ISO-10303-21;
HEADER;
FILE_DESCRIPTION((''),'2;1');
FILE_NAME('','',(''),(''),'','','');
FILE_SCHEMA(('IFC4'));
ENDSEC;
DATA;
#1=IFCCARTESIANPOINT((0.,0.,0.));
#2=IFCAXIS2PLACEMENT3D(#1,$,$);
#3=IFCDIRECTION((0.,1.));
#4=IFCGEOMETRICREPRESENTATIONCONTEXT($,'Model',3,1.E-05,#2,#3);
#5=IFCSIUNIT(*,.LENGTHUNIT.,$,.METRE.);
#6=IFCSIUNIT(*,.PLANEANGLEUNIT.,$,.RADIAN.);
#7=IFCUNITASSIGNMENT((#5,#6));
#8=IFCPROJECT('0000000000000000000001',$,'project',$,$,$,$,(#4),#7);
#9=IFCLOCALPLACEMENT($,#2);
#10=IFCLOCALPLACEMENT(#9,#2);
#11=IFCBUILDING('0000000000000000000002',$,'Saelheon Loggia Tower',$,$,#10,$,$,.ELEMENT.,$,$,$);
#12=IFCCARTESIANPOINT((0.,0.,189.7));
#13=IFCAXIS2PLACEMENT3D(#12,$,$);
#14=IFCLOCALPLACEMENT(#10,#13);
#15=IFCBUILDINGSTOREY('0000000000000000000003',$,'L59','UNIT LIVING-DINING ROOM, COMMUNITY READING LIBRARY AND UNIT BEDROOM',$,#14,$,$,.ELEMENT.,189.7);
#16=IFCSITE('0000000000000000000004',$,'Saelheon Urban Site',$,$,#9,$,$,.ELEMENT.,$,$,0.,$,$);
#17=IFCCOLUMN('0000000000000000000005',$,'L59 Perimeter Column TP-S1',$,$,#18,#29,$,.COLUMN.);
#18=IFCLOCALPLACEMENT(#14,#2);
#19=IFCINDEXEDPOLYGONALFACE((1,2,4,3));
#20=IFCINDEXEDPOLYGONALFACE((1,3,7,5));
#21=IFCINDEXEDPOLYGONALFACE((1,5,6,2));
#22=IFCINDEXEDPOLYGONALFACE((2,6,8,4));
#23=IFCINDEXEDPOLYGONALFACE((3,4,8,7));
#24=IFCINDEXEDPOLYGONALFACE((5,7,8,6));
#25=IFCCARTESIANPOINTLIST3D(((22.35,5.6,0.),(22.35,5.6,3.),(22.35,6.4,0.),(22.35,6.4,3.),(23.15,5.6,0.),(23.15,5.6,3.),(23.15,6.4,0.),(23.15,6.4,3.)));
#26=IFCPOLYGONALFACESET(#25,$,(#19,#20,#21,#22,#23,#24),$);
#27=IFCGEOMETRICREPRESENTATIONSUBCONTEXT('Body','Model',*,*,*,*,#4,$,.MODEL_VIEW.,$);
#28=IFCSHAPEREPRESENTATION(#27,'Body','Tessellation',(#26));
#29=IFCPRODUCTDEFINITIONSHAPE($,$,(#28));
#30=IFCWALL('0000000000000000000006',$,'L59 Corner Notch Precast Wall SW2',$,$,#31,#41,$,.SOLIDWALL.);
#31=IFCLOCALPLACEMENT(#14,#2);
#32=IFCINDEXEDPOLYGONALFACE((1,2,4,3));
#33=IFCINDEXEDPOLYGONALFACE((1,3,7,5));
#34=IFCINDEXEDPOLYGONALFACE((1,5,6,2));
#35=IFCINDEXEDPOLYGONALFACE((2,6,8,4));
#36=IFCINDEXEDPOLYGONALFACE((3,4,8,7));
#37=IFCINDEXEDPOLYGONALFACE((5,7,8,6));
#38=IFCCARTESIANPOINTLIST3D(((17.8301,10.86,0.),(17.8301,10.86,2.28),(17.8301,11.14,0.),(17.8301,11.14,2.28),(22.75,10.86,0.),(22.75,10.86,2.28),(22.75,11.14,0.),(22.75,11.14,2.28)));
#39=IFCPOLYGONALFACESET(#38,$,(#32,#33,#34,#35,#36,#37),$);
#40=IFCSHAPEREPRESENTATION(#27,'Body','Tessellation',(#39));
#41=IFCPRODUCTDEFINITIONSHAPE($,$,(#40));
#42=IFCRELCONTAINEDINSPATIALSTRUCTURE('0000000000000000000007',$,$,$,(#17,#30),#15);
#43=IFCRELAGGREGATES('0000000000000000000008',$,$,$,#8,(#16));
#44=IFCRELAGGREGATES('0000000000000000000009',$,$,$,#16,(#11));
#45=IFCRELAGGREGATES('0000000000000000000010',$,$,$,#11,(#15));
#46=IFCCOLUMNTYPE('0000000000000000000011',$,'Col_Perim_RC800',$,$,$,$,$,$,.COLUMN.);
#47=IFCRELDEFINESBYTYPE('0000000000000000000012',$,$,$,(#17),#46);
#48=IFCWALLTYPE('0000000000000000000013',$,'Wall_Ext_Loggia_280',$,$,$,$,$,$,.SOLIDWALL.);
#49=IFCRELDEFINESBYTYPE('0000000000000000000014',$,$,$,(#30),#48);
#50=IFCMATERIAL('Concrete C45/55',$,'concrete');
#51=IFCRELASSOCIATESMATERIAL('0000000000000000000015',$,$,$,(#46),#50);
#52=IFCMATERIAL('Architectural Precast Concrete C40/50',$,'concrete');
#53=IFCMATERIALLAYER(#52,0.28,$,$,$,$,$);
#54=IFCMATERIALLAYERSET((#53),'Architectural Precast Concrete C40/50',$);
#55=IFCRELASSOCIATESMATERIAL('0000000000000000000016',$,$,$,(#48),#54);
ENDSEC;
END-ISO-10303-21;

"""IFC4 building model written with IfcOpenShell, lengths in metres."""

from ifc_helpers import new_model, si_unit, direction, frame, frame_2d, origin, origin_2d, place, context, subcontext, project, spatial, rectangle, extrude, source, transform, mapped, material, layer, layer_set, material_profile, profile_set, type_object, element, save


model = new_model("IFC4")

# Units and contexts
model_context = context("Model", 3, precision=1e-05, world=origin(), true_north=direction((0.0, 1.0)))
body_context = subcontext(model_context, "Body", "Model", "MODEL_VIEW")
ifc_project = project(units=[si_unit("LENGTHUNIT", "METRE"), si_unit("PLANEANGLEUNIT", "RADIAN")], contexts=[model_context])

# Site, building, storey
site_placement = place(None, origin())
site = spatial("IfcSite", under=ifc_project, at=site_placement, Name="Saelheon Urban Site", CompositionType="ELEMENT", RefElevation=0.0)
building_placement = place(site_placement, origin())
building = spatial("IfcBuilding", under=site, at=building_placement, Name="Saelheon Loggia Tower", CompositionType="ELEMENT")
storey_placement = place(building_placement, frame((0.0, 0.0, 189.7)))
storey = spatial("IfcBuildingStorey", under=building, at=storey_placement, Name="L59", Description="UNIT LIVING-DINING ROOM, COMMUNITY READING LIBRARY AND UNIT BEDROOM", CompositionType="ELEMENT", Elevation=189.7)

# Column
ifc_material_1 = material(Name="Concrete C45/55", Category="concrete")
ifc_material_profile = material_profile(ifc_material_1, rectangle(XDim=0.8, YDim=0.8, at=origin_2d()), Name="RC-800x800")
ifc_profile_set = profile_set([ifc_material_profile], Name="Concrete C45/55")
column_type = type_object("IfcColumnType", Name="Col_Perim_RC800", PredefinedType="COLUMN", material=ifc_profile_set)
shared_shape_1 = source(origin(), body_context, "Body", "SweptSolid", [
    extrude(rectangle(XDim=0.8, YDim=0.8, at=origin_2d()), origin(), (0.0, 0.0, 1.0), 3.0),
])
column_placement = place(storey_placement, frame((22.75, 6.0, 0.0), z_axis=(0.0, 0.0, 1.0), x_axis=(1.0, 0.0, 0.0)))
element("IfcColumn", 1, at=column_placement, inside=storey, type_object=column_type, Name="L59 Perimeter Column TP-S1", PredefinedType="COLUMN", context=body_context, shape_type="MappedRepresentation", body=[
    mapped(shared_shape_1, transform((0.0, 0.0, 0.0), scale=1.0)),
])

# Shared definitions
ifc_material_2 = material(Name="Architectural Precast Concrete C40/50", Category="concrete")
ifc_layer = layer(ifc_material_2, 0.28)
ifc_layer_set = layer_set([ifc_layer], Name="Architectural Precast Concrete C40/50")
wall_type = type_object("IfcWallType", Name="Wall_Ext_Loggia_280", PredefinedType="SOLIDWALL", material=ifc_layer_set)

# Wall
wall_1_placement = place(storey_placement, frame((17.8301, 11.0, 0.0), z_axis=(0.0, 0.0, 1.0), x_axis=(1.0, 0.0, 0.0)))
element("IfcWall", 2, at=wall_1_placement, inside=storey, type_object=wall_type, Name="L59 Corner Notch Precast Wall SW2", PredefinedType="SOLIDWALL", context=body_context, shape_type="SweptSolid", body=[
    extrude(rectangle(XDim=4.9199, YDim=0.28, at=frame_2d((2.46, 0.0))), origin(), (0.0, 0.0, 1.0), 2.28),
])

save(model, "model.ifc")
